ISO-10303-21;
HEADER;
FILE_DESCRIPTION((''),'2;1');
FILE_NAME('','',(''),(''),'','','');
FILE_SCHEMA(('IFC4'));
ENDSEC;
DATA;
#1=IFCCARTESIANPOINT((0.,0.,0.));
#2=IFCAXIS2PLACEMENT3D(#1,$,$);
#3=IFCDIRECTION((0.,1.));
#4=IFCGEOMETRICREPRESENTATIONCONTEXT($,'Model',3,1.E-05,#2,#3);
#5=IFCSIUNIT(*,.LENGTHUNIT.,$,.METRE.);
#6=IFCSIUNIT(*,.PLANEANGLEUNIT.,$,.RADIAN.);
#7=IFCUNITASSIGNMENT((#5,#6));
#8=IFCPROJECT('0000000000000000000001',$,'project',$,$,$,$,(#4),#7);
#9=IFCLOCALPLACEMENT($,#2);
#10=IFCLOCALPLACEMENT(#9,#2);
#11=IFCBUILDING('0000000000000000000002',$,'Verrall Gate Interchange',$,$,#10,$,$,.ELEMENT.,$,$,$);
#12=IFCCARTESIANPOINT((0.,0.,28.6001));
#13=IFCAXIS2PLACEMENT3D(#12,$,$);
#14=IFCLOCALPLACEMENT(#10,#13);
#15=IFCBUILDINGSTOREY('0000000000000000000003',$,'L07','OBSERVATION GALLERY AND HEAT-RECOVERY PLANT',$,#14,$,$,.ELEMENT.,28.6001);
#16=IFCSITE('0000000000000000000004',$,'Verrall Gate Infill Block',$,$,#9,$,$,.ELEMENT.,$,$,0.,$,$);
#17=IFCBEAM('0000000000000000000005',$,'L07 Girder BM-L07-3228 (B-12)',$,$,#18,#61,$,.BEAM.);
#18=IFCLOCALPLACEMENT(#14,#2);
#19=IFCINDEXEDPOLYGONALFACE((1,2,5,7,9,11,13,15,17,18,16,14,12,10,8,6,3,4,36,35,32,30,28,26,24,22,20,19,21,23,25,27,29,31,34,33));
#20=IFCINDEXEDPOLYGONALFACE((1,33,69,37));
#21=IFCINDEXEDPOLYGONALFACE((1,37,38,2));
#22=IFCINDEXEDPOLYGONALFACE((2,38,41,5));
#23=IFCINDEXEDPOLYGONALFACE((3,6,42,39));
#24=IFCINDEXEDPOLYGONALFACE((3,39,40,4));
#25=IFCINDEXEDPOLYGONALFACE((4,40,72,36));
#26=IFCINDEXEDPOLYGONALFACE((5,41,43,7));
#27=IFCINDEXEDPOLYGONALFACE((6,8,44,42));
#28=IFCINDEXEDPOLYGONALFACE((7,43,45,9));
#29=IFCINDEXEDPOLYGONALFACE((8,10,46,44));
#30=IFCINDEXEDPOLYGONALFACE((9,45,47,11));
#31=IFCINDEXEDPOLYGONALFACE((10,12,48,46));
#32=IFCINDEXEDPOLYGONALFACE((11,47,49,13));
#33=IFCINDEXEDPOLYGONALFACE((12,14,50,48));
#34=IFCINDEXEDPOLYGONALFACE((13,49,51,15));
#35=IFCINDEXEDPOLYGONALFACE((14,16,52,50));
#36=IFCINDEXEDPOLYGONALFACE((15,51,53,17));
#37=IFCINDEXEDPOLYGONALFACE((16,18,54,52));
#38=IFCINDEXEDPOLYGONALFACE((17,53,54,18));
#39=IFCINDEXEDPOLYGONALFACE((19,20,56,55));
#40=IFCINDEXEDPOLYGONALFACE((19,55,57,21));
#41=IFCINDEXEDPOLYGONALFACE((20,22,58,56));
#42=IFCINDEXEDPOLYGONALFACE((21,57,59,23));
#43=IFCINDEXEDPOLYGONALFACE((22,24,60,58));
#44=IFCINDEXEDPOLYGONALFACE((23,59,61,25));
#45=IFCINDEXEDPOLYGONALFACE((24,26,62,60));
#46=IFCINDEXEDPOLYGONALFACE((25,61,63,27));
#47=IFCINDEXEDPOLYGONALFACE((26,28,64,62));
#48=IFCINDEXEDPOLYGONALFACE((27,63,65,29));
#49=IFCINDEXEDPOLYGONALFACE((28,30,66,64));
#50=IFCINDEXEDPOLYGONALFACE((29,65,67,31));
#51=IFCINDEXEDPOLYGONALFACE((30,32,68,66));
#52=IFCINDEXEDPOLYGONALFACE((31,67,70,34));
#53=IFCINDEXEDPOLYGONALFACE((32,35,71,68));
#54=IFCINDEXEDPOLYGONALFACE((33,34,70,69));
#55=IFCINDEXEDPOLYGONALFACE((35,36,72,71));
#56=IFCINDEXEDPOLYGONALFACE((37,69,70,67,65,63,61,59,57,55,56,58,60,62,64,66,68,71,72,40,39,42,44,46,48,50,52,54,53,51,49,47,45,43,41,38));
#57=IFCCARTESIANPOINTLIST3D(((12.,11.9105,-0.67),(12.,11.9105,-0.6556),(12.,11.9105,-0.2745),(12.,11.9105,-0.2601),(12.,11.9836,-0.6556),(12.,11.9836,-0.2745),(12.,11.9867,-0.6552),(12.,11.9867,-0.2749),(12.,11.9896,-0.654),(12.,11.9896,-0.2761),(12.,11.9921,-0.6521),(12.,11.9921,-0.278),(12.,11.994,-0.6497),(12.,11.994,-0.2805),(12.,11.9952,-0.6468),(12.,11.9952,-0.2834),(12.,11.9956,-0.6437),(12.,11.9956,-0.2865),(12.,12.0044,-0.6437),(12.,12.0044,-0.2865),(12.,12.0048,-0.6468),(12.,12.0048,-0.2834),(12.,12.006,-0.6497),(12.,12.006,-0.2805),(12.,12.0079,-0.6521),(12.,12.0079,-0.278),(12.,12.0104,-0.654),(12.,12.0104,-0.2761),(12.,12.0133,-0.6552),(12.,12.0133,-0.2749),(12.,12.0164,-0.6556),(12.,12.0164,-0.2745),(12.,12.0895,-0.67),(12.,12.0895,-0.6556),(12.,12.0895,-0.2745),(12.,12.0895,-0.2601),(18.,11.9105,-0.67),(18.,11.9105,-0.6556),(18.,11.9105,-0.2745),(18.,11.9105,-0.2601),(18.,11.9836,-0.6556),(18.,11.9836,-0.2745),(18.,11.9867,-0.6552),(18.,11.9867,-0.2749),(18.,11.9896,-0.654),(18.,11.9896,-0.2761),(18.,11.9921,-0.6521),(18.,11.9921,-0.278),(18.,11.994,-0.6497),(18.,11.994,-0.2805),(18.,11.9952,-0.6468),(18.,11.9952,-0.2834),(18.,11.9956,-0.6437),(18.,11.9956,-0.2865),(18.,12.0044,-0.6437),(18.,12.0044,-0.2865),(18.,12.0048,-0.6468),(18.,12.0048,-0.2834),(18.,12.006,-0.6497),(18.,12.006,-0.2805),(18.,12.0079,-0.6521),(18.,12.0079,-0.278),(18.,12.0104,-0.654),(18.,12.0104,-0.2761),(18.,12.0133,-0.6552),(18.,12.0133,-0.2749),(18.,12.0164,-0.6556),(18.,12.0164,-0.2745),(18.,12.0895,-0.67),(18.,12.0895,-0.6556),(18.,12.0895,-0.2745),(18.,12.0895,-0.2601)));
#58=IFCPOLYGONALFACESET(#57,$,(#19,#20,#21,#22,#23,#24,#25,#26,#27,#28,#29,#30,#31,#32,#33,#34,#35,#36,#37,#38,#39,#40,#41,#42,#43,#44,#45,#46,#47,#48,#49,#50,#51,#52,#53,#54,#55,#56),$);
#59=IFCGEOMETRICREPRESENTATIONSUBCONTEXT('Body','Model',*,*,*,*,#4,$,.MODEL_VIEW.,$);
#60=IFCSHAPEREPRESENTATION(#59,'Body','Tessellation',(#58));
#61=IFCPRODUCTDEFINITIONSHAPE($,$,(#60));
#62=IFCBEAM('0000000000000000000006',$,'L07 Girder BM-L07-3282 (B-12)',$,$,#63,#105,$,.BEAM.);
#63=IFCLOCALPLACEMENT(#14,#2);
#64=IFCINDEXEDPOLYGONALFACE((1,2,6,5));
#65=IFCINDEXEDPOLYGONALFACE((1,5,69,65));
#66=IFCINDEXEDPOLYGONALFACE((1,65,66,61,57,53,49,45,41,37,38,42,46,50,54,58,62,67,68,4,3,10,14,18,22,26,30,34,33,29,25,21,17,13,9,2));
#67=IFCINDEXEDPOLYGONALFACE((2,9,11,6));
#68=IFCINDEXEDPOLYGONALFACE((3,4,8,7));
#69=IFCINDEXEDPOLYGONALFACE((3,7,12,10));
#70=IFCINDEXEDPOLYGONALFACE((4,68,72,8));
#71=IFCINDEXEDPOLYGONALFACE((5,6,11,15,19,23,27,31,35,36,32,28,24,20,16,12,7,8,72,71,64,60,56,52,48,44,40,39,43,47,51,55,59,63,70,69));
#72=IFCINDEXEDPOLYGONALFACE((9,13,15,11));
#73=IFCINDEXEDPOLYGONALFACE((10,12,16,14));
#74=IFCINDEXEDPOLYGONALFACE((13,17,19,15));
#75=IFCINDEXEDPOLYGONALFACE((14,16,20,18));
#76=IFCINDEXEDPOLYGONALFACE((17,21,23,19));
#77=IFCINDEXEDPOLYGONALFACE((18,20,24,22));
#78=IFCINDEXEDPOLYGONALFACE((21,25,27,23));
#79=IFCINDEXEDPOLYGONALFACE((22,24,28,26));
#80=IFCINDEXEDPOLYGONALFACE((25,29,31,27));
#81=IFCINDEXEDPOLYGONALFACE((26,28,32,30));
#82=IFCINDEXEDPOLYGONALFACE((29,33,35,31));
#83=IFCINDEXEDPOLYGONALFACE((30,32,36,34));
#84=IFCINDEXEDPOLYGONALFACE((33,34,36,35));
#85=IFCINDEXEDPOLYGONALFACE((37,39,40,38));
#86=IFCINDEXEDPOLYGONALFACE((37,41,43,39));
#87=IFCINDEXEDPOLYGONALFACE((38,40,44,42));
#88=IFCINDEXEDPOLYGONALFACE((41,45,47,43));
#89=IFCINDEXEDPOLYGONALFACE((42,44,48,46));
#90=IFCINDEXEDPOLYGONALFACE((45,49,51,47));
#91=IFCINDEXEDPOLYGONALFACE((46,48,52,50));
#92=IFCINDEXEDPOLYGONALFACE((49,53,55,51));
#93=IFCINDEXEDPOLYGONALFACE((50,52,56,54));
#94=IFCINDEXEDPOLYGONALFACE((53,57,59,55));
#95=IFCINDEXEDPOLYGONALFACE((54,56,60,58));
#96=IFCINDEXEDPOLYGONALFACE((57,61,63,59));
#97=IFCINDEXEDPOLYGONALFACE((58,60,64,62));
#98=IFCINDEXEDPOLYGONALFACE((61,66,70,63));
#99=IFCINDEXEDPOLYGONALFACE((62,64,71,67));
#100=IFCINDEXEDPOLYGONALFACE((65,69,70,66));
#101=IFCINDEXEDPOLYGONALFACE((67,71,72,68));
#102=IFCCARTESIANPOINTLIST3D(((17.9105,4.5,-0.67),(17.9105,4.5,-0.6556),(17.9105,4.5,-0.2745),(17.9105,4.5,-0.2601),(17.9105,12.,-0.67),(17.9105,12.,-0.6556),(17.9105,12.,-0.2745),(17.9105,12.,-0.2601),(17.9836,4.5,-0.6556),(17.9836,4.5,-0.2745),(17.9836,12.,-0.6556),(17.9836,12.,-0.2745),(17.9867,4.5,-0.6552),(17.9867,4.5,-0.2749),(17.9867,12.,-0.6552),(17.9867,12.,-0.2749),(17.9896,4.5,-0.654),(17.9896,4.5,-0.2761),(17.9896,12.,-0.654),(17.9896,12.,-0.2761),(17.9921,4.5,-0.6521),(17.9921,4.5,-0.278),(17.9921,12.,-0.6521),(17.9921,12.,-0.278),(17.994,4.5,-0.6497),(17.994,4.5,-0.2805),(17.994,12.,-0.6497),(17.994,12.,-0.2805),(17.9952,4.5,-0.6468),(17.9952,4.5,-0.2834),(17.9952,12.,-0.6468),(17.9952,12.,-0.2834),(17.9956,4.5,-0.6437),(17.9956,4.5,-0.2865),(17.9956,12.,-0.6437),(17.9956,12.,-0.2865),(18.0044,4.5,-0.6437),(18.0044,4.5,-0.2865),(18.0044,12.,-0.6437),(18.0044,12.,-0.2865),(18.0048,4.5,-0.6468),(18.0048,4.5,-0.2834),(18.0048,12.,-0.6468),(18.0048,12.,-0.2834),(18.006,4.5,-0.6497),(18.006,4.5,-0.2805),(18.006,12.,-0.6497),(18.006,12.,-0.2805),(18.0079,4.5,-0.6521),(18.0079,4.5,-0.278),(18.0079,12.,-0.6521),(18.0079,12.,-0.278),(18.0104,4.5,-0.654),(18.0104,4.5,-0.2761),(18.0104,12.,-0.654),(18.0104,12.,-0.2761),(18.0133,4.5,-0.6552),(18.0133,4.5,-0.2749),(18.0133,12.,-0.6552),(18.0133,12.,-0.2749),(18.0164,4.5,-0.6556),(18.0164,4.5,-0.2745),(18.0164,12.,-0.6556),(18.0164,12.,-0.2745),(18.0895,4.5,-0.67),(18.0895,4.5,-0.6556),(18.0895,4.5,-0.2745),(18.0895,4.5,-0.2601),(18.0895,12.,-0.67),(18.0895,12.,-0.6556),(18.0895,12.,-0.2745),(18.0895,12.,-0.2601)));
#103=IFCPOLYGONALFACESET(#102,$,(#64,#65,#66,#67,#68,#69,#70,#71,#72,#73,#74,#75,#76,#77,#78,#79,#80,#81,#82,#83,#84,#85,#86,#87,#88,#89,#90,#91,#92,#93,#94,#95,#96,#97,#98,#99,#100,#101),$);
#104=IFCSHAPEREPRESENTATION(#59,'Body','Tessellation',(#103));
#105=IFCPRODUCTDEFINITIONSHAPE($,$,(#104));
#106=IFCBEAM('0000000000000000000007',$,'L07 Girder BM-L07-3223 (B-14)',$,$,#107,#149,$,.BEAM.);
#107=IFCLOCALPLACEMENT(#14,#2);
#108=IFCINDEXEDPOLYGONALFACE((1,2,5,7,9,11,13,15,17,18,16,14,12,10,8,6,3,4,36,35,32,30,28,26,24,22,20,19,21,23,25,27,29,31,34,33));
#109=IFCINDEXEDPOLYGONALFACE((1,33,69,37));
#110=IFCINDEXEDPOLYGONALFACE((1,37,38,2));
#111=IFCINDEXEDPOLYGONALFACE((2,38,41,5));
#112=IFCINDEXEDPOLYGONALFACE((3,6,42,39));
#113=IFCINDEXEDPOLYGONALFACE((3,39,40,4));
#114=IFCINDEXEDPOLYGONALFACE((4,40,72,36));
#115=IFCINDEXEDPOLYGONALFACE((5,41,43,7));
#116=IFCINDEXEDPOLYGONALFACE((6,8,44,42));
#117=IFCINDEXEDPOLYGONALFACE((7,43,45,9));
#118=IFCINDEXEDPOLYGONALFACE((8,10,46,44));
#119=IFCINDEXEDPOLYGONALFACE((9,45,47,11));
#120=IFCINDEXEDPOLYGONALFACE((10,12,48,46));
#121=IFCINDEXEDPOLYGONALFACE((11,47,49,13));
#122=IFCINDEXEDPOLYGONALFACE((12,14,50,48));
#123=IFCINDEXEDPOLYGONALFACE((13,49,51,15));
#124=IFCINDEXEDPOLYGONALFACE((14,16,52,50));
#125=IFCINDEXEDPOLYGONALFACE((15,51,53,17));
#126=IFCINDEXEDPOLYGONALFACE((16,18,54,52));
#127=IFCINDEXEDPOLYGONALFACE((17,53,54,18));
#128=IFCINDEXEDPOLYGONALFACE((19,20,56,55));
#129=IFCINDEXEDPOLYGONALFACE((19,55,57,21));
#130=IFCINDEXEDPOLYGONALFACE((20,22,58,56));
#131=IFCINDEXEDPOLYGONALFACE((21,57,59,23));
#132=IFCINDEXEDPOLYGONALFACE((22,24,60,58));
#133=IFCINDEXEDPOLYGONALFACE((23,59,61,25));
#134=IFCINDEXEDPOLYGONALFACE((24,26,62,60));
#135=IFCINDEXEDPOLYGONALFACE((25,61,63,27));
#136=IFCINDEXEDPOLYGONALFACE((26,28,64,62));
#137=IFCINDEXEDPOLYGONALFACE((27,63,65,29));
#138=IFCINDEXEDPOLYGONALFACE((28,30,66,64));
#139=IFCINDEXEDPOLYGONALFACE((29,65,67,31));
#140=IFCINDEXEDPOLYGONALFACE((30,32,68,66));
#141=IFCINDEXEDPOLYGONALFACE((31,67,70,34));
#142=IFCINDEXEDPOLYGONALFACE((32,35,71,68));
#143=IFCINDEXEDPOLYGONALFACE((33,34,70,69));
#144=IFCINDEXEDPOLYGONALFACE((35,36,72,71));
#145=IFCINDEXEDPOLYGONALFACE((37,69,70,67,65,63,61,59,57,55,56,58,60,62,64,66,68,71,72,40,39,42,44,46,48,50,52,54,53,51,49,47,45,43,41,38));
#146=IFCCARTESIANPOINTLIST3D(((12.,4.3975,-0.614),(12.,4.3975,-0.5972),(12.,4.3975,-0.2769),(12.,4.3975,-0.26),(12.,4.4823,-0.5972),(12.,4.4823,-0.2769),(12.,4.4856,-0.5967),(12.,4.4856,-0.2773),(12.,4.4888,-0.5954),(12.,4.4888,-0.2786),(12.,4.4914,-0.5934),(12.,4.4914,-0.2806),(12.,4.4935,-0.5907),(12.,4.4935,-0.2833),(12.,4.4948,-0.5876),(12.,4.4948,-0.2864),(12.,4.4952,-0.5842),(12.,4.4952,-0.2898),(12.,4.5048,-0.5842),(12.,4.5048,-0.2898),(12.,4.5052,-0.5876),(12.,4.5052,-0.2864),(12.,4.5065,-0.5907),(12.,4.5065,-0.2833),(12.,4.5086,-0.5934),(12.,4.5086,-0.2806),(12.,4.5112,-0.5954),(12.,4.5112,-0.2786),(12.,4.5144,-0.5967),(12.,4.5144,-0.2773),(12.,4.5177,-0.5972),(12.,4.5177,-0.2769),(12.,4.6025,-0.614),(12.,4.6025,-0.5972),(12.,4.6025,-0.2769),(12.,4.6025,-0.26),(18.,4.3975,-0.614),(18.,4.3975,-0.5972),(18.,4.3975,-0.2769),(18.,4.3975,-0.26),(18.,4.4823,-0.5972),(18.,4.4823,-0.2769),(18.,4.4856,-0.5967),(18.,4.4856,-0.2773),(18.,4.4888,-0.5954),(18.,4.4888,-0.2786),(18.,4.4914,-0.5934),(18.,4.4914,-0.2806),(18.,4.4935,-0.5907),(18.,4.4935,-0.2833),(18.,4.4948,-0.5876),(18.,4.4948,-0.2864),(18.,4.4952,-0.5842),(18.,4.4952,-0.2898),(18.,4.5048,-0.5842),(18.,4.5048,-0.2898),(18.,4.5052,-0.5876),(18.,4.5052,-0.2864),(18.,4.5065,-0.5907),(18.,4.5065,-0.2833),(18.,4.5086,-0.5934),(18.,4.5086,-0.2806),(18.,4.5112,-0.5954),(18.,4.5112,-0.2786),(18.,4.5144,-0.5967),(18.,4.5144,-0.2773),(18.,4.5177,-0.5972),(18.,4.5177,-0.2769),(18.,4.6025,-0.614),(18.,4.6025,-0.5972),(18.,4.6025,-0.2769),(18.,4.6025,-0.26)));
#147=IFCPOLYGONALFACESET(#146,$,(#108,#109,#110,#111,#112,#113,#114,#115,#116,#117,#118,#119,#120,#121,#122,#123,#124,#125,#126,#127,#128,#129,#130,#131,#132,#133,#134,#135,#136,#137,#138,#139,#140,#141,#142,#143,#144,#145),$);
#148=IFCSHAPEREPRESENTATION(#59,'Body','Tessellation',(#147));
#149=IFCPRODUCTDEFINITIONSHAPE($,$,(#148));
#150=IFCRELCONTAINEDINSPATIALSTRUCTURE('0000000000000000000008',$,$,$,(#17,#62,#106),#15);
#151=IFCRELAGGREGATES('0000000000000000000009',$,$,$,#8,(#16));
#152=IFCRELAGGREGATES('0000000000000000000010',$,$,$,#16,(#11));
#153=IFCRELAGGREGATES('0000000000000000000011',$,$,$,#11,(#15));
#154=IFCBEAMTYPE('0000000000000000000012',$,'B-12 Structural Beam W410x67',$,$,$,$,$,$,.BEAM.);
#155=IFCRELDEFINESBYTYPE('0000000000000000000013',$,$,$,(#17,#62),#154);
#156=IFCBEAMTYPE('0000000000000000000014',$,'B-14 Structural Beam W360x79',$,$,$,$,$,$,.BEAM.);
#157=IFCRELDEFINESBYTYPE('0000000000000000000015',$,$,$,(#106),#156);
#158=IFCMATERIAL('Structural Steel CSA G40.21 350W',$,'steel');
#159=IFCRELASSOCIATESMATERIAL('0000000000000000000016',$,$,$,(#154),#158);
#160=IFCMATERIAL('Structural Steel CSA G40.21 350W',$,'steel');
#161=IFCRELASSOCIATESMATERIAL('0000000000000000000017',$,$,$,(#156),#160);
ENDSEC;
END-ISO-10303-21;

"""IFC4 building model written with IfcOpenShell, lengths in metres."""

from ifc_helpers import new_model, si_unit, direction, frame, origin, origin_2d, place, context, subcontext, project, spatial, i_section, extrude, material, material_profile, profile_set, type_object, element, save


model = new_model("IFC4")

# Units and contexts
model_context = context("Model", 3, precision=1e-05, world=origin(), true_north=direction((0.0, 1.0)))
body_context = subcontext(model_context, "Body", "Model", "MODEL_VIEW")
ifc_project = project(units=[si_unit("LENGTHUNIT", "METRE"), si_unit("PLANEANGLEUNIT", "RADIAN")], contexts=[model_context])

# Site, building, storey
site_placement = place(None, origin())
site = spatial("IfcSite", under=ifc_project, at=site_placement, Name="Verrall Gate Infill Block", CompositionType="ELEMENT", RefElevation=0.0)
building_placement = place(site_placement, origin())
building = spatial("IfcBuilding", under=site, at=building_placement, Name="Verrall Gate Interchange", CompositionType="ELEMENT")
storey_placement = place(building_placement, frame((0.0, 0.0, 28.6001)))
storey = spatial("IfcBuildingStorey", under=building, at=storey_placement, Name="L07", Description="OBSERVATION GALLERY AND HEAT-RECOVERY PLANT", CompositionType="ELEMENT", Elevation=28.6001)

# Beams
ifc_material_1 = material(Name="Structural Steel CSA G40.21 350W", Category="steel")
ifc_material_profile_1 = material_profile(ifc_material_1, i_section(OverallWidth=0.179, OverallDepth=0.4099, WebThickness=0.0088, FlangeThickness=0.0144, FilletRadius=0.012, at=origin_2d()), Name="W410x67")
ifc_profile_set_1 = profile_set([ifc_material_profile_1], Name="Structural Steel CSA G40.21 350W")
beam_type_1 = type_object("IfcBeamType", Name="B-12 Structural Beam W410x67", PredefinedType="BEAM", material=ifc_profile_set_1)
beam_1_placement = place(storey_placement, frame((12.0, 12.0, -0.4651), z_axis=(1.0, 0.0, 0.0), x_axis=(0.0, 1.0, 0.0)))
element("IfcBeam", 1, at=beam_1_placement, inside=storey, type_object=beam_type_1, Name="L07 Girder BM-L07-3228 (B-12)", PredefinedType="BEAM", context=body_context, shape_type="SweptSolid", body=[
    extrude(i_section(OverallWidth=0.179, OverallDepth=0.4099, WebThickness=0.0088, FlangeThickness=0.0144, FilletRadius=0.012, at=origin_2d()), origin(), (0.0, 0.0, 1.0), 6.0),
])
beam_2_placement = place(storey_placement, frame((18.0, 4.5, -0.4651), z_axis=(0.0, 1.0, 0.0), x_axis=(-1.0, 0.0, 0.0)))
element("IfcBeam", 2, at=beam_2_placement, inside=storey, type_object=beam_type_1, Name="L07 Girder BM-L07-3282 (B-12)", PredefinedType="BEAM", context=body_context, shape_type="SweptSolid", body=[
    extrude(i_section(OverallWidth=0.179, OverallDepth=0.4099, WebThickness=0.0088, FlangeThickness=0.0144, FilletRadius=0.012, at=origin_2d()), origin(), (0.0, 0.0, 1.0), 7.5),
])
ifc_material_2 = material(Name="Structural Steel CSA G40.21 350W", Category="steel")
ifc_material_profile_2 = material_profile(ifc_material_2, i_section(OverallWidth=0.2051, OverallDepth=0.354, WebThickness=0.0095, FlangeThickness=0.0168, FilletRadius=0.0129, at=origin_2d()), Name="W360x79")
ifc_profile_set_2 = profile_set([ifc_material_profile_2], Name="Structural Steel CSA G40.21 350W")
beam_type_2 = type_object("IfcBeamType", Name="B-14 Structural Beam W360x79", PredefinedType="BEAM", material=ifc_profile_set_2)
beam_3_placement = place(storey_placement, frame((12.0, 4.5, -0.437), z_axis=(1.0, 0.0, 0.0), x_axis=(0.0, 1.0, 0.0)))
element("IfcBeam", 3, at=beam_3_placement, inside=storey, type_object=beam_type_2, Name="L07 Girder BM-L07-3223 (B-14)", PredefinedType="BEAM", context=body_context, shape_type="SweptSolid", body=[
    extrude(i_section(OverallWidth=0.2051, OverallDepth=0.354, WebThickness=0.0095, FlangeThickness=0.0168, FilletRadius=0.0129, at=origin_2d()), origin(), (0.0, 0.0, 1.0), 6.0),
])

save(model, "model.ifc")
